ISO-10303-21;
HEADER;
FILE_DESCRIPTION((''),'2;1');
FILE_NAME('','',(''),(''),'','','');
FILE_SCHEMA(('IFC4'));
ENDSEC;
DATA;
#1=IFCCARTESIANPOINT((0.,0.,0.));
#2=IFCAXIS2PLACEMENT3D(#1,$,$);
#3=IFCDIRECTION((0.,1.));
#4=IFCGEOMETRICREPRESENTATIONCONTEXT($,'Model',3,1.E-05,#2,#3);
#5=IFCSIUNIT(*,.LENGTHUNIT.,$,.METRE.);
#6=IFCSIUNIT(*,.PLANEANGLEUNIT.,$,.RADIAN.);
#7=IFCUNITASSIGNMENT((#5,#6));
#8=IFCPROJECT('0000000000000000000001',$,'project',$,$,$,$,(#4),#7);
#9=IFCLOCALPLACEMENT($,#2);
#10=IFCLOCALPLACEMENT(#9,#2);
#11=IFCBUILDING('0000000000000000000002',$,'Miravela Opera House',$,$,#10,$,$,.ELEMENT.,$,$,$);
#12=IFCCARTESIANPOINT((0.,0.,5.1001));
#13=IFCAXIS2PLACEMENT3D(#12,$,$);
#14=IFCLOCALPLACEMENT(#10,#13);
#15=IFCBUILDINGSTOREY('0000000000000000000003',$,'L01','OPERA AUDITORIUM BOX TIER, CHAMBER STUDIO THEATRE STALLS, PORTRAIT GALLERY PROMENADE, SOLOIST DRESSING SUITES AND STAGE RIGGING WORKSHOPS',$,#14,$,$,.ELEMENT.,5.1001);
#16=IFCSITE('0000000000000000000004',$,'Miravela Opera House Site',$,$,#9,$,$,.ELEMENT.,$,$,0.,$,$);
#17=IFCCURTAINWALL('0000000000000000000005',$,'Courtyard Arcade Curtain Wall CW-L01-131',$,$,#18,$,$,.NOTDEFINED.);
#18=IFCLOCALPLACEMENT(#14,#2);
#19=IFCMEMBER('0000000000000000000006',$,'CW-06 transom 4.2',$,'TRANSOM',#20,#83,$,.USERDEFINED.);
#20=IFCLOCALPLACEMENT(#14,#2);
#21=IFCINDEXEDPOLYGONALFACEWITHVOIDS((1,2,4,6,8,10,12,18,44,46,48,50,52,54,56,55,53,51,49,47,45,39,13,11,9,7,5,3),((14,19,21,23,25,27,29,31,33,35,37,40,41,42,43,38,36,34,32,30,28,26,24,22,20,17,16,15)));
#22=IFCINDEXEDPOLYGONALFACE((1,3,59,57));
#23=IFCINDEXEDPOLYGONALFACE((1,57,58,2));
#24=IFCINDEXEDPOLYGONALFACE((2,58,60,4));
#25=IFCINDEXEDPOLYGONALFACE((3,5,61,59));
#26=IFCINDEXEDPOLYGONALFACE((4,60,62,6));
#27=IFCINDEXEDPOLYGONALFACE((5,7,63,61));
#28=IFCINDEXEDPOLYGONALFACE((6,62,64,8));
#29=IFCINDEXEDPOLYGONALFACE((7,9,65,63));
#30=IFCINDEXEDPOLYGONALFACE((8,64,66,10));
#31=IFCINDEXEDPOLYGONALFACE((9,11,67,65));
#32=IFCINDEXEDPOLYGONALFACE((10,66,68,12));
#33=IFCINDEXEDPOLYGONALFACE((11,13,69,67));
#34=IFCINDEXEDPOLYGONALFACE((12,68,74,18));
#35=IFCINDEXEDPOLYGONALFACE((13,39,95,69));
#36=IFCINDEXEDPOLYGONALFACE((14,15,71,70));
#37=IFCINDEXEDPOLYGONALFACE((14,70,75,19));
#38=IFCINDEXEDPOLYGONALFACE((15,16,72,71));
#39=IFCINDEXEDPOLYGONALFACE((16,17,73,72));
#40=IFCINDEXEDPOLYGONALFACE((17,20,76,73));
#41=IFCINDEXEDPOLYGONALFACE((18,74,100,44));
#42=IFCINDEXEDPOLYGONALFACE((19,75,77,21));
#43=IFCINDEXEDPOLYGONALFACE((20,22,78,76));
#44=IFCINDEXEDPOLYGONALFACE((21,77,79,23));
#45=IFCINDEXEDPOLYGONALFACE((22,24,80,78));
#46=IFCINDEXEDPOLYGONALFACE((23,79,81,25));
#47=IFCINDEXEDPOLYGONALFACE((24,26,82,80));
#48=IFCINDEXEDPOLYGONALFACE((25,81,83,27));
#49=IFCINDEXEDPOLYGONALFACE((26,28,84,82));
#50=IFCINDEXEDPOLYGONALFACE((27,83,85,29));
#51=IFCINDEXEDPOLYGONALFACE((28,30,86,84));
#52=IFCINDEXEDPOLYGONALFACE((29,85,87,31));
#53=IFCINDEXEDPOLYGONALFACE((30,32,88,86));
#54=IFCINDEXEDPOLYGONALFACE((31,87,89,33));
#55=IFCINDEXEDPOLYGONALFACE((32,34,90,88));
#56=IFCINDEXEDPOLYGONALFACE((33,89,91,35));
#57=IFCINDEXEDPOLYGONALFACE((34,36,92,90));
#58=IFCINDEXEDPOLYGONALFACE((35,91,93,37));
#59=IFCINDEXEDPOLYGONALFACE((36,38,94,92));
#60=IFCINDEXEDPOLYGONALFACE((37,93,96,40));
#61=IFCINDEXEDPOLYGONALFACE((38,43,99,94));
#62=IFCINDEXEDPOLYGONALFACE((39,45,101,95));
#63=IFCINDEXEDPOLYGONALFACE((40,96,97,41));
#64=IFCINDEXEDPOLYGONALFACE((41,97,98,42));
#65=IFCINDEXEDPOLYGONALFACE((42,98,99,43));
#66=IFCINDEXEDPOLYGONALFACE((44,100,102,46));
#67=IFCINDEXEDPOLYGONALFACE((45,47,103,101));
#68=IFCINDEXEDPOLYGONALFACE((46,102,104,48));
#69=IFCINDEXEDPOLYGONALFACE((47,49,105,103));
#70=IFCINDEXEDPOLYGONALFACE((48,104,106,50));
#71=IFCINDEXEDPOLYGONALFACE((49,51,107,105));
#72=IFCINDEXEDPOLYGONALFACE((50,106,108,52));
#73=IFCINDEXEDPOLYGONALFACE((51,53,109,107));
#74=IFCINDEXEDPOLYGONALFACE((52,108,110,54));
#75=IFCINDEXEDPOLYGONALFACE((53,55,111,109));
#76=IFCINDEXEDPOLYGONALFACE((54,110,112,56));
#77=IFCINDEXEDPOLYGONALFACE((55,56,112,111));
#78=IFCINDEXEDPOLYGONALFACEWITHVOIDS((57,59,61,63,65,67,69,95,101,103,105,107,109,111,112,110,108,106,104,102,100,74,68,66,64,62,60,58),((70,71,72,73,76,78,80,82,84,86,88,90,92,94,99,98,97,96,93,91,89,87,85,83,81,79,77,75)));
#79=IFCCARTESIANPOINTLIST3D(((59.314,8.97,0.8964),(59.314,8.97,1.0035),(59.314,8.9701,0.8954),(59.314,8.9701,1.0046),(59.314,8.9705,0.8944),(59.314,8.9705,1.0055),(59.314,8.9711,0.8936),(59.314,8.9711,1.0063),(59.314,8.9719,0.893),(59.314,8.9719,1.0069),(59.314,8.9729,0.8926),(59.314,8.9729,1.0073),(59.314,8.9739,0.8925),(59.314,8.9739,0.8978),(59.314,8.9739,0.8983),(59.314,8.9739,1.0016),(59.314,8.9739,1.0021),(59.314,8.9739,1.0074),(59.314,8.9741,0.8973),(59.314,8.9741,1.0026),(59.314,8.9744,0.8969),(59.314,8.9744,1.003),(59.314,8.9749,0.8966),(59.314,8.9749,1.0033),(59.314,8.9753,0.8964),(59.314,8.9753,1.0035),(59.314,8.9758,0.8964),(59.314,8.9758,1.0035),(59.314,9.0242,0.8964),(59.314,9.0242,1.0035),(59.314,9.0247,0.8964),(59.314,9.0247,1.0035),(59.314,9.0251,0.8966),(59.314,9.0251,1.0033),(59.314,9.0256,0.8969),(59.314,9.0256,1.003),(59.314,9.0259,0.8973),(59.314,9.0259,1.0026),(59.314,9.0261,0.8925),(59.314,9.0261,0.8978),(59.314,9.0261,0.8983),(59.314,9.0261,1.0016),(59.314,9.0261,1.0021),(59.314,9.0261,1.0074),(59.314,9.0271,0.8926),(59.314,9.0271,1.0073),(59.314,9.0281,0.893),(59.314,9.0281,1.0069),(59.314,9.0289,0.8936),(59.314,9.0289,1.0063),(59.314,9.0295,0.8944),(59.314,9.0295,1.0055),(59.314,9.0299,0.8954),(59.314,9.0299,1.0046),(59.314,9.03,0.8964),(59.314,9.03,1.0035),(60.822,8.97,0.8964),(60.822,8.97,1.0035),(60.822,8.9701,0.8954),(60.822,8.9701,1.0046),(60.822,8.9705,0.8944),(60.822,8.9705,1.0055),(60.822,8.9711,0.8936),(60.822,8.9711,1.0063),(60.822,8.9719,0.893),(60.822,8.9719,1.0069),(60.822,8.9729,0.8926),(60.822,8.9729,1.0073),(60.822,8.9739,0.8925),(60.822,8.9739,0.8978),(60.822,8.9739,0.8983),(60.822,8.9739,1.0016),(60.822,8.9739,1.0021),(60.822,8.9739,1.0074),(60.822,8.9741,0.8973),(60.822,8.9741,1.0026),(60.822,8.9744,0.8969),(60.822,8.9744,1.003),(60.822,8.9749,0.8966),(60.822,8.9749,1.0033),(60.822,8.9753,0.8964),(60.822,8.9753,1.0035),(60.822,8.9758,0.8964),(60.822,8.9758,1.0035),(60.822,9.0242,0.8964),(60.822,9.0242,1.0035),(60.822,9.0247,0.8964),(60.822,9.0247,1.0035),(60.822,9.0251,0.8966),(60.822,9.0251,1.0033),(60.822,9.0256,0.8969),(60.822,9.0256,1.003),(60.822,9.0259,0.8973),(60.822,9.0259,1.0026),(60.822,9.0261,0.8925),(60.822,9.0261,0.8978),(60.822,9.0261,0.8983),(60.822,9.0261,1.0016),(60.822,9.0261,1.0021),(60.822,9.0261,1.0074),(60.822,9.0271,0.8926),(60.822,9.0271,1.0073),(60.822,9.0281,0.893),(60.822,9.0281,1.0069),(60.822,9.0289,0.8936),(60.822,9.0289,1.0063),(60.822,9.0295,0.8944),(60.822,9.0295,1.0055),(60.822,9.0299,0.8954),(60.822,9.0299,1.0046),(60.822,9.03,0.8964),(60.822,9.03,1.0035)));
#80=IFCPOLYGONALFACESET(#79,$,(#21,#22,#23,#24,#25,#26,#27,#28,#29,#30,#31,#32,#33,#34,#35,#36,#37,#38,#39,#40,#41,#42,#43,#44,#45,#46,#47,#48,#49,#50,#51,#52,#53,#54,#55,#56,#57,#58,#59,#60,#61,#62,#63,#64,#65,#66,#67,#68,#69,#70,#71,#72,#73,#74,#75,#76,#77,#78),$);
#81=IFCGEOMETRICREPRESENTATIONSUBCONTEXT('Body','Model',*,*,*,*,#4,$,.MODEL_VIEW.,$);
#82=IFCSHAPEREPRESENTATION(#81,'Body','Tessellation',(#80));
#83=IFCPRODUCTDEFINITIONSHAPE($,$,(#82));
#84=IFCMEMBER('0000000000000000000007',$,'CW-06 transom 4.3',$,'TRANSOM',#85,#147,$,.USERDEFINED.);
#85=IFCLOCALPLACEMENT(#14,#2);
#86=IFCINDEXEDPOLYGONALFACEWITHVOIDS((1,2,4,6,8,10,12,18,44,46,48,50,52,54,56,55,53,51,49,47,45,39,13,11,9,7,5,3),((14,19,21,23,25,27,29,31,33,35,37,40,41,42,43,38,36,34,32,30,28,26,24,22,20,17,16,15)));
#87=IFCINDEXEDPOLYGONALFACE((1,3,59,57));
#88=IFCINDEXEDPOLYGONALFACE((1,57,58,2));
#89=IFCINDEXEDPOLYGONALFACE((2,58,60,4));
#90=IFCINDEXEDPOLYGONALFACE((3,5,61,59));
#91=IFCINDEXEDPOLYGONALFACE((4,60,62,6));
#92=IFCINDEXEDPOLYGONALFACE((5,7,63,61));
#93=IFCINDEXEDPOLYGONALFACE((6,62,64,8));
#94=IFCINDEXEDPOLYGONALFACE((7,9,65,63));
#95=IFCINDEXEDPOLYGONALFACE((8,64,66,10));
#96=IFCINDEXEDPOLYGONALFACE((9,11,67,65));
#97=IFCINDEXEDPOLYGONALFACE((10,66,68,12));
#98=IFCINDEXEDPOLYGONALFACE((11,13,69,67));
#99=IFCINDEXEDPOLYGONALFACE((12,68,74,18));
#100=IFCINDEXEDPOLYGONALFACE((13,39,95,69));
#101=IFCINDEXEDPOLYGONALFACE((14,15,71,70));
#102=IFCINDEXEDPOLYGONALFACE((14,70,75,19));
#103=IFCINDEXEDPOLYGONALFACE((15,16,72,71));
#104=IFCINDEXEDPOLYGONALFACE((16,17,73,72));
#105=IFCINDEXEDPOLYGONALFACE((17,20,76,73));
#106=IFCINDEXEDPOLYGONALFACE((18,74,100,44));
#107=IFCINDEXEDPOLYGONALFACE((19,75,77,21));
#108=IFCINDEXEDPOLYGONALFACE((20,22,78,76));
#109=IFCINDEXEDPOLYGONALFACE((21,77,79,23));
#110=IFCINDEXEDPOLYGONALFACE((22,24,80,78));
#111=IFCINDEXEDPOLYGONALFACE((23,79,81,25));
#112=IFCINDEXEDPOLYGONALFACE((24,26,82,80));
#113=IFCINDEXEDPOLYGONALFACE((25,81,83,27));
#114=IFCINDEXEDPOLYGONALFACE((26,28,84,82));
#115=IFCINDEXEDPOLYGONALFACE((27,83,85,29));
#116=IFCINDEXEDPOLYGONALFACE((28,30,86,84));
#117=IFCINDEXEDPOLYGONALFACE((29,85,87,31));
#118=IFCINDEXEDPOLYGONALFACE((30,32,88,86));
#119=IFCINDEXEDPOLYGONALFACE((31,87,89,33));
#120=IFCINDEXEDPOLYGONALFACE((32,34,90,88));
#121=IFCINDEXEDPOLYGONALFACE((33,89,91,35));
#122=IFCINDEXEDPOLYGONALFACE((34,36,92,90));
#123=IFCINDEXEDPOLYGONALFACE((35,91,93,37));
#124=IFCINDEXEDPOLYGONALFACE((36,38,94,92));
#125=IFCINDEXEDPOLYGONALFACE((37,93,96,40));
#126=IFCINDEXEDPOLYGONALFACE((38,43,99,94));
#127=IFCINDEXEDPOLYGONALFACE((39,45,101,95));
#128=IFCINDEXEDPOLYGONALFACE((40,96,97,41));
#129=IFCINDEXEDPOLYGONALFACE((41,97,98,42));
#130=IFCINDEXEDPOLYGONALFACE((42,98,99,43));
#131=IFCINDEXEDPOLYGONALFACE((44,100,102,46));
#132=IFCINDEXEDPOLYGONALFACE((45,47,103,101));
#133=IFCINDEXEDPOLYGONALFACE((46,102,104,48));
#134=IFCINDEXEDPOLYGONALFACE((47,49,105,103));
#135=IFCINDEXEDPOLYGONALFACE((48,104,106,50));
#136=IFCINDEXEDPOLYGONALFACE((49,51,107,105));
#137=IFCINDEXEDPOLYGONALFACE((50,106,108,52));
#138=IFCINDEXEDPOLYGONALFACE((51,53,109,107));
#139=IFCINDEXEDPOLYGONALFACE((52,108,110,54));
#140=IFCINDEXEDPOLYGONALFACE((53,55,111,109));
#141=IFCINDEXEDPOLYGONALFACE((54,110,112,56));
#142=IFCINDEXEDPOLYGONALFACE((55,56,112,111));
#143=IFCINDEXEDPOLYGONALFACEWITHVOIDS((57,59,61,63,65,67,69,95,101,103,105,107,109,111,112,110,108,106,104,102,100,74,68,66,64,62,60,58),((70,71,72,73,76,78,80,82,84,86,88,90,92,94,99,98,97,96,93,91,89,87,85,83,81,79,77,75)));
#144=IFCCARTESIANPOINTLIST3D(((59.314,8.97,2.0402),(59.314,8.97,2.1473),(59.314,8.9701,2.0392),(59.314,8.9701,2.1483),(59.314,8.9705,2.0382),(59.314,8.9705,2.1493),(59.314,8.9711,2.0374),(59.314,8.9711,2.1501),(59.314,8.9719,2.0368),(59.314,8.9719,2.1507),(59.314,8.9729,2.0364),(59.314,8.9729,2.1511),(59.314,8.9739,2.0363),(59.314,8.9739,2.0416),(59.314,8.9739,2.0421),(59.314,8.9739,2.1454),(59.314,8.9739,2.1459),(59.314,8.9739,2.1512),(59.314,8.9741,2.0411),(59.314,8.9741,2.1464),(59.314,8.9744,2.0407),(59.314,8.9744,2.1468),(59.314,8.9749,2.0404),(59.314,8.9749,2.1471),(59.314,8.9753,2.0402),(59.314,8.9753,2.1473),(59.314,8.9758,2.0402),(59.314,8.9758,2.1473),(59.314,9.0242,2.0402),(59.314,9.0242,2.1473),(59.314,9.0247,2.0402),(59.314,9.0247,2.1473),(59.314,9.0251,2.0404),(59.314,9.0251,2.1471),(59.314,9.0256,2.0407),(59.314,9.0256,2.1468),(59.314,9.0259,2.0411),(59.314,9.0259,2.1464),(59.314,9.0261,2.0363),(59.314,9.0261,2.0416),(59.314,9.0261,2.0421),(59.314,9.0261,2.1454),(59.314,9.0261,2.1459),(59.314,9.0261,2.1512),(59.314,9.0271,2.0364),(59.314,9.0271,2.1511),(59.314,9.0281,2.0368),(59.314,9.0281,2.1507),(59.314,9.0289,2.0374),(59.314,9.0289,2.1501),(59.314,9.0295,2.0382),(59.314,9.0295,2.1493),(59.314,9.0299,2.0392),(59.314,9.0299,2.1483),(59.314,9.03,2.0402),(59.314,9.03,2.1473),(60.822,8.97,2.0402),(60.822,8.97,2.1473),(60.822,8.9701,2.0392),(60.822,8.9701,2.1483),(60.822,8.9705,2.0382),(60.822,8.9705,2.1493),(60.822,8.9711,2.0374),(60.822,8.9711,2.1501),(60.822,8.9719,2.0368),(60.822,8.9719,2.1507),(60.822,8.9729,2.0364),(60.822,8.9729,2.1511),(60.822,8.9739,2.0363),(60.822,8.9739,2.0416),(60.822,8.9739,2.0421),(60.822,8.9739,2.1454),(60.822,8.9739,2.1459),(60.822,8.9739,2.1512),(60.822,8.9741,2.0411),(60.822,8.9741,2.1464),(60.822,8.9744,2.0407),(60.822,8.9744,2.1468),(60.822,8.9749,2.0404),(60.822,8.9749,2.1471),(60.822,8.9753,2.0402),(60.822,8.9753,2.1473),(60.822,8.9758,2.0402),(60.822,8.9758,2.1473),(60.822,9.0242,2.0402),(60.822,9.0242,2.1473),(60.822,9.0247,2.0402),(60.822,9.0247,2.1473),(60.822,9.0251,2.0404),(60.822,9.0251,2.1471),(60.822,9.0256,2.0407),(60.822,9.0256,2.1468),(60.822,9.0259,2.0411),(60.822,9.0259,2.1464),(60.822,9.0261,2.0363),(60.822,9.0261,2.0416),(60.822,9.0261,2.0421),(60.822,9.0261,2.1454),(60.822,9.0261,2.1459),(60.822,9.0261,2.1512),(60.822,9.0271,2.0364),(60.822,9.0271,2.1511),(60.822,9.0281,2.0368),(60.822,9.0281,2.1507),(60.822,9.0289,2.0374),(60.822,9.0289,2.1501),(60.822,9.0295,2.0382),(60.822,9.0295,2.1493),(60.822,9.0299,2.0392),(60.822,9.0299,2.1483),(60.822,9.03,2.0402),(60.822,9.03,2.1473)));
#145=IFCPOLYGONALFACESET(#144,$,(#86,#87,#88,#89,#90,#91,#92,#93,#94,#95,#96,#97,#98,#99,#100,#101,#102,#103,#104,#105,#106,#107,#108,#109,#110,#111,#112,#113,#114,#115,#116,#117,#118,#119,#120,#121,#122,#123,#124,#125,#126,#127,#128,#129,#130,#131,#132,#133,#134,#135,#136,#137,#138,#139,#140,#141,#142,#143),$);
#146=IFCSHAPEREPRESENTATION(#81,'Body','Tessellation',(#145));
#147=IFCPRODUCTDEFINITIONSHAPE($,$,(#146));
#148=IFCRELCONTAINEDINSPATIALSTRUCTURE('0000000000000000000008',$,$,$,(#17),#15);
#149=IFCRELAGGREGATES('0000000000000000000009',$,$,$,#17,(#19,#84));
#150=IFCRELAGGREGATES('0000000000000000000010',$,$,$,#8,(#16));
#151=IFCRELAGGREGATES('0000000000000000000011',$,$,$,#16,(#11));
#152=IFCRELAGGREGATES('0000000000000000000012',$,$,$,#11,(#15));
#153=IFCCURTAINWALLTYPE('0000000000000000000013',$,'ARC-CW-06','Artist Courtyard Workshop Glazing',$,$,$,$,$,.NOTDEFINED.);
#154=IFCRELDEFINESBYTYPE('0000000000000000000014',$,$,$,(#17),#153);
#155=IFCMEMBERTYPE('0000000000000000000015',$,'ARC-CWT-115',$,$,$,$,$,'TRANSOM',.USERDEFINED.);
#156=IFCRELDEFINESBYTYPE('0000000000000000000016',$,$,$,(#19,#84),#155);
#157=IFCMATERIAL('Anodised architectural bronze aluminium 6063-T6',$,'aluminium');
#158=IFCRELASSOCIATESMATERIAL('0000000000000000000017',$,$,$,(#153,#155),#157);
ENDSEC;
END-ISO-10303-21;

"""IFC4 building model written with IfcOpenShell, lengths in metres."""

from ifc_helpers import new_model, si_unit, direction, frame, origin, origin_2d, place, context, subcontext, project, spatial, hollow_rectangle, extrude, material, material_profile, profile_set, type_object, element, aggregate, save


model = new_model("IFC4")

# Units and contexts
model_context = context("Model", 3, precision=1e-05, world=origin(), true_north=direction((0.0, 1.0)))
body_context = subcontext(model_context, "Body", "Model", "MODEL_VIEW")
ifc_project = project(units=[si_unit("LENGTHUNIT", "METRE"), si_unit("PLANEANGLEUNIT", "RADIAN")], contexts=[model_context])

# Site, building, storey
site_placement = place(None, origin())
site = spatial("IfcSite", under=ifc_project, at=site_placement, Name="Miravela Opera House Site", CompositionType="ELEMENT", RefElevation=0.0)
building_placement = place(site_placement, origin())
building = spatial("IfcBuilding", under=site, at=building_placement, Name="Miravela Opera House", CompositionType="ELEMENT")
storey_placement = place(building_placement, frame((0.0, 0.0, 5.1001)))
storey = spatial("IfcBuildingStorey", under=building, at=storey_placement, Name="L01", Description="OPERA AUDITORIUM BOX TIER, CHAMBER STUDIO THEATRE STALLS, PORTRAIT GALLERY PROMENADE, SOLOIST DRESSING SUITES AND STAGE RIGGING WORKSHOPS", CompositionType="ELEMENT", Elevation=5.1001)

# Curtain wall, members
ifc_material_1 = material(Name="Anodised architectural bronze aluminium 6063-T6", Category="aluminium")
curtain_wall_type = type_object("IfcCurtainWallType", Name="ARC-CW-06", Description="Artist Courtyard Workshop Glazing", PredefinedType="NOTDEFINED", material=ifc_material_1)
curtain_wall_placement = place(storey_placement, origin())
curtain_wall = element("IfcCurtainWall", 1, at=curtain_wall_placement, inside=storey, type_object=curtain_wall_type, Name="Courtyard Arcade Curtain Wall CW-L01-131", PredefinedType="NOTDEFINED")
ifc_material_profile_1 = material_profile(ifc_material_1, hollow_rectangle(XDim=0.0601, YDim=0.115, WallThickness=0.0039, InnerFilletRadius=0.002, OuterFilletRadius=0.0039, at=origin_2d()), Name="CWT-60X115")
ifc_profile_set_1 = profile_set([ifc_material_profile_1])
member_type_1 = type_object("IfcMemberType", Name="ARC-CWT-115", ElementType="TRANSOM", PredefinedType="USERDEFINED", material=ifc_profile_set_1)
member_1_placement = place(storey_placement, frame((59.314, 9.0, 0.95), z_axis=(1.0, 0.0, 0.0), x_axis=(0.0, 1.0, 0.0)))
member_1 = element("IfcMember", 2, at=member_1_placement, type_object=member_type_1, Name="CW-06 transom 4.2", ObjectType="TRANSOM", PredefinedType="USERDEFINED", context=body_context, shape_type="SweptSolid", body=[
    extrude(hollow_rectangle(XDim=0.0601, YDim=0.115, WallThickness=0.0039, InnerFilletRadius=0.002, OuterFilletRadius=0.0039, at=origin_2d()), origin(), (0.0, 0.0, 1.0), 1.5081),
])
member_2_placement = place(storey_placement, frame((59.314, 9.0, 2.0938), z_axis=(1.0, 0.0, 0.0), x_axis=(0.0, 1.0, 0.0)))
member_2 = element("IfcMember", 3, at=member_2_placement, type_object=member_type_1, Name="CW-06 transom 4.3", ObjectType="TRANSOM", PredefinedType="USERDEFINED", context=body_context, shape_type="SweptSolid", body=[
    extrude(hollow_rectangle(XDim=0.0601, YDim=0.115, WallThickness=0.0039, InnerFilletRadius=0.002, OuterFilletRadius=0.0039, at=origin_2d()), origin(), (0.0, 0.0, 1.0), 1.5081),
])

aggregate(curtain_wall, [member_1, member_2])

save(model, "model.ifc")
